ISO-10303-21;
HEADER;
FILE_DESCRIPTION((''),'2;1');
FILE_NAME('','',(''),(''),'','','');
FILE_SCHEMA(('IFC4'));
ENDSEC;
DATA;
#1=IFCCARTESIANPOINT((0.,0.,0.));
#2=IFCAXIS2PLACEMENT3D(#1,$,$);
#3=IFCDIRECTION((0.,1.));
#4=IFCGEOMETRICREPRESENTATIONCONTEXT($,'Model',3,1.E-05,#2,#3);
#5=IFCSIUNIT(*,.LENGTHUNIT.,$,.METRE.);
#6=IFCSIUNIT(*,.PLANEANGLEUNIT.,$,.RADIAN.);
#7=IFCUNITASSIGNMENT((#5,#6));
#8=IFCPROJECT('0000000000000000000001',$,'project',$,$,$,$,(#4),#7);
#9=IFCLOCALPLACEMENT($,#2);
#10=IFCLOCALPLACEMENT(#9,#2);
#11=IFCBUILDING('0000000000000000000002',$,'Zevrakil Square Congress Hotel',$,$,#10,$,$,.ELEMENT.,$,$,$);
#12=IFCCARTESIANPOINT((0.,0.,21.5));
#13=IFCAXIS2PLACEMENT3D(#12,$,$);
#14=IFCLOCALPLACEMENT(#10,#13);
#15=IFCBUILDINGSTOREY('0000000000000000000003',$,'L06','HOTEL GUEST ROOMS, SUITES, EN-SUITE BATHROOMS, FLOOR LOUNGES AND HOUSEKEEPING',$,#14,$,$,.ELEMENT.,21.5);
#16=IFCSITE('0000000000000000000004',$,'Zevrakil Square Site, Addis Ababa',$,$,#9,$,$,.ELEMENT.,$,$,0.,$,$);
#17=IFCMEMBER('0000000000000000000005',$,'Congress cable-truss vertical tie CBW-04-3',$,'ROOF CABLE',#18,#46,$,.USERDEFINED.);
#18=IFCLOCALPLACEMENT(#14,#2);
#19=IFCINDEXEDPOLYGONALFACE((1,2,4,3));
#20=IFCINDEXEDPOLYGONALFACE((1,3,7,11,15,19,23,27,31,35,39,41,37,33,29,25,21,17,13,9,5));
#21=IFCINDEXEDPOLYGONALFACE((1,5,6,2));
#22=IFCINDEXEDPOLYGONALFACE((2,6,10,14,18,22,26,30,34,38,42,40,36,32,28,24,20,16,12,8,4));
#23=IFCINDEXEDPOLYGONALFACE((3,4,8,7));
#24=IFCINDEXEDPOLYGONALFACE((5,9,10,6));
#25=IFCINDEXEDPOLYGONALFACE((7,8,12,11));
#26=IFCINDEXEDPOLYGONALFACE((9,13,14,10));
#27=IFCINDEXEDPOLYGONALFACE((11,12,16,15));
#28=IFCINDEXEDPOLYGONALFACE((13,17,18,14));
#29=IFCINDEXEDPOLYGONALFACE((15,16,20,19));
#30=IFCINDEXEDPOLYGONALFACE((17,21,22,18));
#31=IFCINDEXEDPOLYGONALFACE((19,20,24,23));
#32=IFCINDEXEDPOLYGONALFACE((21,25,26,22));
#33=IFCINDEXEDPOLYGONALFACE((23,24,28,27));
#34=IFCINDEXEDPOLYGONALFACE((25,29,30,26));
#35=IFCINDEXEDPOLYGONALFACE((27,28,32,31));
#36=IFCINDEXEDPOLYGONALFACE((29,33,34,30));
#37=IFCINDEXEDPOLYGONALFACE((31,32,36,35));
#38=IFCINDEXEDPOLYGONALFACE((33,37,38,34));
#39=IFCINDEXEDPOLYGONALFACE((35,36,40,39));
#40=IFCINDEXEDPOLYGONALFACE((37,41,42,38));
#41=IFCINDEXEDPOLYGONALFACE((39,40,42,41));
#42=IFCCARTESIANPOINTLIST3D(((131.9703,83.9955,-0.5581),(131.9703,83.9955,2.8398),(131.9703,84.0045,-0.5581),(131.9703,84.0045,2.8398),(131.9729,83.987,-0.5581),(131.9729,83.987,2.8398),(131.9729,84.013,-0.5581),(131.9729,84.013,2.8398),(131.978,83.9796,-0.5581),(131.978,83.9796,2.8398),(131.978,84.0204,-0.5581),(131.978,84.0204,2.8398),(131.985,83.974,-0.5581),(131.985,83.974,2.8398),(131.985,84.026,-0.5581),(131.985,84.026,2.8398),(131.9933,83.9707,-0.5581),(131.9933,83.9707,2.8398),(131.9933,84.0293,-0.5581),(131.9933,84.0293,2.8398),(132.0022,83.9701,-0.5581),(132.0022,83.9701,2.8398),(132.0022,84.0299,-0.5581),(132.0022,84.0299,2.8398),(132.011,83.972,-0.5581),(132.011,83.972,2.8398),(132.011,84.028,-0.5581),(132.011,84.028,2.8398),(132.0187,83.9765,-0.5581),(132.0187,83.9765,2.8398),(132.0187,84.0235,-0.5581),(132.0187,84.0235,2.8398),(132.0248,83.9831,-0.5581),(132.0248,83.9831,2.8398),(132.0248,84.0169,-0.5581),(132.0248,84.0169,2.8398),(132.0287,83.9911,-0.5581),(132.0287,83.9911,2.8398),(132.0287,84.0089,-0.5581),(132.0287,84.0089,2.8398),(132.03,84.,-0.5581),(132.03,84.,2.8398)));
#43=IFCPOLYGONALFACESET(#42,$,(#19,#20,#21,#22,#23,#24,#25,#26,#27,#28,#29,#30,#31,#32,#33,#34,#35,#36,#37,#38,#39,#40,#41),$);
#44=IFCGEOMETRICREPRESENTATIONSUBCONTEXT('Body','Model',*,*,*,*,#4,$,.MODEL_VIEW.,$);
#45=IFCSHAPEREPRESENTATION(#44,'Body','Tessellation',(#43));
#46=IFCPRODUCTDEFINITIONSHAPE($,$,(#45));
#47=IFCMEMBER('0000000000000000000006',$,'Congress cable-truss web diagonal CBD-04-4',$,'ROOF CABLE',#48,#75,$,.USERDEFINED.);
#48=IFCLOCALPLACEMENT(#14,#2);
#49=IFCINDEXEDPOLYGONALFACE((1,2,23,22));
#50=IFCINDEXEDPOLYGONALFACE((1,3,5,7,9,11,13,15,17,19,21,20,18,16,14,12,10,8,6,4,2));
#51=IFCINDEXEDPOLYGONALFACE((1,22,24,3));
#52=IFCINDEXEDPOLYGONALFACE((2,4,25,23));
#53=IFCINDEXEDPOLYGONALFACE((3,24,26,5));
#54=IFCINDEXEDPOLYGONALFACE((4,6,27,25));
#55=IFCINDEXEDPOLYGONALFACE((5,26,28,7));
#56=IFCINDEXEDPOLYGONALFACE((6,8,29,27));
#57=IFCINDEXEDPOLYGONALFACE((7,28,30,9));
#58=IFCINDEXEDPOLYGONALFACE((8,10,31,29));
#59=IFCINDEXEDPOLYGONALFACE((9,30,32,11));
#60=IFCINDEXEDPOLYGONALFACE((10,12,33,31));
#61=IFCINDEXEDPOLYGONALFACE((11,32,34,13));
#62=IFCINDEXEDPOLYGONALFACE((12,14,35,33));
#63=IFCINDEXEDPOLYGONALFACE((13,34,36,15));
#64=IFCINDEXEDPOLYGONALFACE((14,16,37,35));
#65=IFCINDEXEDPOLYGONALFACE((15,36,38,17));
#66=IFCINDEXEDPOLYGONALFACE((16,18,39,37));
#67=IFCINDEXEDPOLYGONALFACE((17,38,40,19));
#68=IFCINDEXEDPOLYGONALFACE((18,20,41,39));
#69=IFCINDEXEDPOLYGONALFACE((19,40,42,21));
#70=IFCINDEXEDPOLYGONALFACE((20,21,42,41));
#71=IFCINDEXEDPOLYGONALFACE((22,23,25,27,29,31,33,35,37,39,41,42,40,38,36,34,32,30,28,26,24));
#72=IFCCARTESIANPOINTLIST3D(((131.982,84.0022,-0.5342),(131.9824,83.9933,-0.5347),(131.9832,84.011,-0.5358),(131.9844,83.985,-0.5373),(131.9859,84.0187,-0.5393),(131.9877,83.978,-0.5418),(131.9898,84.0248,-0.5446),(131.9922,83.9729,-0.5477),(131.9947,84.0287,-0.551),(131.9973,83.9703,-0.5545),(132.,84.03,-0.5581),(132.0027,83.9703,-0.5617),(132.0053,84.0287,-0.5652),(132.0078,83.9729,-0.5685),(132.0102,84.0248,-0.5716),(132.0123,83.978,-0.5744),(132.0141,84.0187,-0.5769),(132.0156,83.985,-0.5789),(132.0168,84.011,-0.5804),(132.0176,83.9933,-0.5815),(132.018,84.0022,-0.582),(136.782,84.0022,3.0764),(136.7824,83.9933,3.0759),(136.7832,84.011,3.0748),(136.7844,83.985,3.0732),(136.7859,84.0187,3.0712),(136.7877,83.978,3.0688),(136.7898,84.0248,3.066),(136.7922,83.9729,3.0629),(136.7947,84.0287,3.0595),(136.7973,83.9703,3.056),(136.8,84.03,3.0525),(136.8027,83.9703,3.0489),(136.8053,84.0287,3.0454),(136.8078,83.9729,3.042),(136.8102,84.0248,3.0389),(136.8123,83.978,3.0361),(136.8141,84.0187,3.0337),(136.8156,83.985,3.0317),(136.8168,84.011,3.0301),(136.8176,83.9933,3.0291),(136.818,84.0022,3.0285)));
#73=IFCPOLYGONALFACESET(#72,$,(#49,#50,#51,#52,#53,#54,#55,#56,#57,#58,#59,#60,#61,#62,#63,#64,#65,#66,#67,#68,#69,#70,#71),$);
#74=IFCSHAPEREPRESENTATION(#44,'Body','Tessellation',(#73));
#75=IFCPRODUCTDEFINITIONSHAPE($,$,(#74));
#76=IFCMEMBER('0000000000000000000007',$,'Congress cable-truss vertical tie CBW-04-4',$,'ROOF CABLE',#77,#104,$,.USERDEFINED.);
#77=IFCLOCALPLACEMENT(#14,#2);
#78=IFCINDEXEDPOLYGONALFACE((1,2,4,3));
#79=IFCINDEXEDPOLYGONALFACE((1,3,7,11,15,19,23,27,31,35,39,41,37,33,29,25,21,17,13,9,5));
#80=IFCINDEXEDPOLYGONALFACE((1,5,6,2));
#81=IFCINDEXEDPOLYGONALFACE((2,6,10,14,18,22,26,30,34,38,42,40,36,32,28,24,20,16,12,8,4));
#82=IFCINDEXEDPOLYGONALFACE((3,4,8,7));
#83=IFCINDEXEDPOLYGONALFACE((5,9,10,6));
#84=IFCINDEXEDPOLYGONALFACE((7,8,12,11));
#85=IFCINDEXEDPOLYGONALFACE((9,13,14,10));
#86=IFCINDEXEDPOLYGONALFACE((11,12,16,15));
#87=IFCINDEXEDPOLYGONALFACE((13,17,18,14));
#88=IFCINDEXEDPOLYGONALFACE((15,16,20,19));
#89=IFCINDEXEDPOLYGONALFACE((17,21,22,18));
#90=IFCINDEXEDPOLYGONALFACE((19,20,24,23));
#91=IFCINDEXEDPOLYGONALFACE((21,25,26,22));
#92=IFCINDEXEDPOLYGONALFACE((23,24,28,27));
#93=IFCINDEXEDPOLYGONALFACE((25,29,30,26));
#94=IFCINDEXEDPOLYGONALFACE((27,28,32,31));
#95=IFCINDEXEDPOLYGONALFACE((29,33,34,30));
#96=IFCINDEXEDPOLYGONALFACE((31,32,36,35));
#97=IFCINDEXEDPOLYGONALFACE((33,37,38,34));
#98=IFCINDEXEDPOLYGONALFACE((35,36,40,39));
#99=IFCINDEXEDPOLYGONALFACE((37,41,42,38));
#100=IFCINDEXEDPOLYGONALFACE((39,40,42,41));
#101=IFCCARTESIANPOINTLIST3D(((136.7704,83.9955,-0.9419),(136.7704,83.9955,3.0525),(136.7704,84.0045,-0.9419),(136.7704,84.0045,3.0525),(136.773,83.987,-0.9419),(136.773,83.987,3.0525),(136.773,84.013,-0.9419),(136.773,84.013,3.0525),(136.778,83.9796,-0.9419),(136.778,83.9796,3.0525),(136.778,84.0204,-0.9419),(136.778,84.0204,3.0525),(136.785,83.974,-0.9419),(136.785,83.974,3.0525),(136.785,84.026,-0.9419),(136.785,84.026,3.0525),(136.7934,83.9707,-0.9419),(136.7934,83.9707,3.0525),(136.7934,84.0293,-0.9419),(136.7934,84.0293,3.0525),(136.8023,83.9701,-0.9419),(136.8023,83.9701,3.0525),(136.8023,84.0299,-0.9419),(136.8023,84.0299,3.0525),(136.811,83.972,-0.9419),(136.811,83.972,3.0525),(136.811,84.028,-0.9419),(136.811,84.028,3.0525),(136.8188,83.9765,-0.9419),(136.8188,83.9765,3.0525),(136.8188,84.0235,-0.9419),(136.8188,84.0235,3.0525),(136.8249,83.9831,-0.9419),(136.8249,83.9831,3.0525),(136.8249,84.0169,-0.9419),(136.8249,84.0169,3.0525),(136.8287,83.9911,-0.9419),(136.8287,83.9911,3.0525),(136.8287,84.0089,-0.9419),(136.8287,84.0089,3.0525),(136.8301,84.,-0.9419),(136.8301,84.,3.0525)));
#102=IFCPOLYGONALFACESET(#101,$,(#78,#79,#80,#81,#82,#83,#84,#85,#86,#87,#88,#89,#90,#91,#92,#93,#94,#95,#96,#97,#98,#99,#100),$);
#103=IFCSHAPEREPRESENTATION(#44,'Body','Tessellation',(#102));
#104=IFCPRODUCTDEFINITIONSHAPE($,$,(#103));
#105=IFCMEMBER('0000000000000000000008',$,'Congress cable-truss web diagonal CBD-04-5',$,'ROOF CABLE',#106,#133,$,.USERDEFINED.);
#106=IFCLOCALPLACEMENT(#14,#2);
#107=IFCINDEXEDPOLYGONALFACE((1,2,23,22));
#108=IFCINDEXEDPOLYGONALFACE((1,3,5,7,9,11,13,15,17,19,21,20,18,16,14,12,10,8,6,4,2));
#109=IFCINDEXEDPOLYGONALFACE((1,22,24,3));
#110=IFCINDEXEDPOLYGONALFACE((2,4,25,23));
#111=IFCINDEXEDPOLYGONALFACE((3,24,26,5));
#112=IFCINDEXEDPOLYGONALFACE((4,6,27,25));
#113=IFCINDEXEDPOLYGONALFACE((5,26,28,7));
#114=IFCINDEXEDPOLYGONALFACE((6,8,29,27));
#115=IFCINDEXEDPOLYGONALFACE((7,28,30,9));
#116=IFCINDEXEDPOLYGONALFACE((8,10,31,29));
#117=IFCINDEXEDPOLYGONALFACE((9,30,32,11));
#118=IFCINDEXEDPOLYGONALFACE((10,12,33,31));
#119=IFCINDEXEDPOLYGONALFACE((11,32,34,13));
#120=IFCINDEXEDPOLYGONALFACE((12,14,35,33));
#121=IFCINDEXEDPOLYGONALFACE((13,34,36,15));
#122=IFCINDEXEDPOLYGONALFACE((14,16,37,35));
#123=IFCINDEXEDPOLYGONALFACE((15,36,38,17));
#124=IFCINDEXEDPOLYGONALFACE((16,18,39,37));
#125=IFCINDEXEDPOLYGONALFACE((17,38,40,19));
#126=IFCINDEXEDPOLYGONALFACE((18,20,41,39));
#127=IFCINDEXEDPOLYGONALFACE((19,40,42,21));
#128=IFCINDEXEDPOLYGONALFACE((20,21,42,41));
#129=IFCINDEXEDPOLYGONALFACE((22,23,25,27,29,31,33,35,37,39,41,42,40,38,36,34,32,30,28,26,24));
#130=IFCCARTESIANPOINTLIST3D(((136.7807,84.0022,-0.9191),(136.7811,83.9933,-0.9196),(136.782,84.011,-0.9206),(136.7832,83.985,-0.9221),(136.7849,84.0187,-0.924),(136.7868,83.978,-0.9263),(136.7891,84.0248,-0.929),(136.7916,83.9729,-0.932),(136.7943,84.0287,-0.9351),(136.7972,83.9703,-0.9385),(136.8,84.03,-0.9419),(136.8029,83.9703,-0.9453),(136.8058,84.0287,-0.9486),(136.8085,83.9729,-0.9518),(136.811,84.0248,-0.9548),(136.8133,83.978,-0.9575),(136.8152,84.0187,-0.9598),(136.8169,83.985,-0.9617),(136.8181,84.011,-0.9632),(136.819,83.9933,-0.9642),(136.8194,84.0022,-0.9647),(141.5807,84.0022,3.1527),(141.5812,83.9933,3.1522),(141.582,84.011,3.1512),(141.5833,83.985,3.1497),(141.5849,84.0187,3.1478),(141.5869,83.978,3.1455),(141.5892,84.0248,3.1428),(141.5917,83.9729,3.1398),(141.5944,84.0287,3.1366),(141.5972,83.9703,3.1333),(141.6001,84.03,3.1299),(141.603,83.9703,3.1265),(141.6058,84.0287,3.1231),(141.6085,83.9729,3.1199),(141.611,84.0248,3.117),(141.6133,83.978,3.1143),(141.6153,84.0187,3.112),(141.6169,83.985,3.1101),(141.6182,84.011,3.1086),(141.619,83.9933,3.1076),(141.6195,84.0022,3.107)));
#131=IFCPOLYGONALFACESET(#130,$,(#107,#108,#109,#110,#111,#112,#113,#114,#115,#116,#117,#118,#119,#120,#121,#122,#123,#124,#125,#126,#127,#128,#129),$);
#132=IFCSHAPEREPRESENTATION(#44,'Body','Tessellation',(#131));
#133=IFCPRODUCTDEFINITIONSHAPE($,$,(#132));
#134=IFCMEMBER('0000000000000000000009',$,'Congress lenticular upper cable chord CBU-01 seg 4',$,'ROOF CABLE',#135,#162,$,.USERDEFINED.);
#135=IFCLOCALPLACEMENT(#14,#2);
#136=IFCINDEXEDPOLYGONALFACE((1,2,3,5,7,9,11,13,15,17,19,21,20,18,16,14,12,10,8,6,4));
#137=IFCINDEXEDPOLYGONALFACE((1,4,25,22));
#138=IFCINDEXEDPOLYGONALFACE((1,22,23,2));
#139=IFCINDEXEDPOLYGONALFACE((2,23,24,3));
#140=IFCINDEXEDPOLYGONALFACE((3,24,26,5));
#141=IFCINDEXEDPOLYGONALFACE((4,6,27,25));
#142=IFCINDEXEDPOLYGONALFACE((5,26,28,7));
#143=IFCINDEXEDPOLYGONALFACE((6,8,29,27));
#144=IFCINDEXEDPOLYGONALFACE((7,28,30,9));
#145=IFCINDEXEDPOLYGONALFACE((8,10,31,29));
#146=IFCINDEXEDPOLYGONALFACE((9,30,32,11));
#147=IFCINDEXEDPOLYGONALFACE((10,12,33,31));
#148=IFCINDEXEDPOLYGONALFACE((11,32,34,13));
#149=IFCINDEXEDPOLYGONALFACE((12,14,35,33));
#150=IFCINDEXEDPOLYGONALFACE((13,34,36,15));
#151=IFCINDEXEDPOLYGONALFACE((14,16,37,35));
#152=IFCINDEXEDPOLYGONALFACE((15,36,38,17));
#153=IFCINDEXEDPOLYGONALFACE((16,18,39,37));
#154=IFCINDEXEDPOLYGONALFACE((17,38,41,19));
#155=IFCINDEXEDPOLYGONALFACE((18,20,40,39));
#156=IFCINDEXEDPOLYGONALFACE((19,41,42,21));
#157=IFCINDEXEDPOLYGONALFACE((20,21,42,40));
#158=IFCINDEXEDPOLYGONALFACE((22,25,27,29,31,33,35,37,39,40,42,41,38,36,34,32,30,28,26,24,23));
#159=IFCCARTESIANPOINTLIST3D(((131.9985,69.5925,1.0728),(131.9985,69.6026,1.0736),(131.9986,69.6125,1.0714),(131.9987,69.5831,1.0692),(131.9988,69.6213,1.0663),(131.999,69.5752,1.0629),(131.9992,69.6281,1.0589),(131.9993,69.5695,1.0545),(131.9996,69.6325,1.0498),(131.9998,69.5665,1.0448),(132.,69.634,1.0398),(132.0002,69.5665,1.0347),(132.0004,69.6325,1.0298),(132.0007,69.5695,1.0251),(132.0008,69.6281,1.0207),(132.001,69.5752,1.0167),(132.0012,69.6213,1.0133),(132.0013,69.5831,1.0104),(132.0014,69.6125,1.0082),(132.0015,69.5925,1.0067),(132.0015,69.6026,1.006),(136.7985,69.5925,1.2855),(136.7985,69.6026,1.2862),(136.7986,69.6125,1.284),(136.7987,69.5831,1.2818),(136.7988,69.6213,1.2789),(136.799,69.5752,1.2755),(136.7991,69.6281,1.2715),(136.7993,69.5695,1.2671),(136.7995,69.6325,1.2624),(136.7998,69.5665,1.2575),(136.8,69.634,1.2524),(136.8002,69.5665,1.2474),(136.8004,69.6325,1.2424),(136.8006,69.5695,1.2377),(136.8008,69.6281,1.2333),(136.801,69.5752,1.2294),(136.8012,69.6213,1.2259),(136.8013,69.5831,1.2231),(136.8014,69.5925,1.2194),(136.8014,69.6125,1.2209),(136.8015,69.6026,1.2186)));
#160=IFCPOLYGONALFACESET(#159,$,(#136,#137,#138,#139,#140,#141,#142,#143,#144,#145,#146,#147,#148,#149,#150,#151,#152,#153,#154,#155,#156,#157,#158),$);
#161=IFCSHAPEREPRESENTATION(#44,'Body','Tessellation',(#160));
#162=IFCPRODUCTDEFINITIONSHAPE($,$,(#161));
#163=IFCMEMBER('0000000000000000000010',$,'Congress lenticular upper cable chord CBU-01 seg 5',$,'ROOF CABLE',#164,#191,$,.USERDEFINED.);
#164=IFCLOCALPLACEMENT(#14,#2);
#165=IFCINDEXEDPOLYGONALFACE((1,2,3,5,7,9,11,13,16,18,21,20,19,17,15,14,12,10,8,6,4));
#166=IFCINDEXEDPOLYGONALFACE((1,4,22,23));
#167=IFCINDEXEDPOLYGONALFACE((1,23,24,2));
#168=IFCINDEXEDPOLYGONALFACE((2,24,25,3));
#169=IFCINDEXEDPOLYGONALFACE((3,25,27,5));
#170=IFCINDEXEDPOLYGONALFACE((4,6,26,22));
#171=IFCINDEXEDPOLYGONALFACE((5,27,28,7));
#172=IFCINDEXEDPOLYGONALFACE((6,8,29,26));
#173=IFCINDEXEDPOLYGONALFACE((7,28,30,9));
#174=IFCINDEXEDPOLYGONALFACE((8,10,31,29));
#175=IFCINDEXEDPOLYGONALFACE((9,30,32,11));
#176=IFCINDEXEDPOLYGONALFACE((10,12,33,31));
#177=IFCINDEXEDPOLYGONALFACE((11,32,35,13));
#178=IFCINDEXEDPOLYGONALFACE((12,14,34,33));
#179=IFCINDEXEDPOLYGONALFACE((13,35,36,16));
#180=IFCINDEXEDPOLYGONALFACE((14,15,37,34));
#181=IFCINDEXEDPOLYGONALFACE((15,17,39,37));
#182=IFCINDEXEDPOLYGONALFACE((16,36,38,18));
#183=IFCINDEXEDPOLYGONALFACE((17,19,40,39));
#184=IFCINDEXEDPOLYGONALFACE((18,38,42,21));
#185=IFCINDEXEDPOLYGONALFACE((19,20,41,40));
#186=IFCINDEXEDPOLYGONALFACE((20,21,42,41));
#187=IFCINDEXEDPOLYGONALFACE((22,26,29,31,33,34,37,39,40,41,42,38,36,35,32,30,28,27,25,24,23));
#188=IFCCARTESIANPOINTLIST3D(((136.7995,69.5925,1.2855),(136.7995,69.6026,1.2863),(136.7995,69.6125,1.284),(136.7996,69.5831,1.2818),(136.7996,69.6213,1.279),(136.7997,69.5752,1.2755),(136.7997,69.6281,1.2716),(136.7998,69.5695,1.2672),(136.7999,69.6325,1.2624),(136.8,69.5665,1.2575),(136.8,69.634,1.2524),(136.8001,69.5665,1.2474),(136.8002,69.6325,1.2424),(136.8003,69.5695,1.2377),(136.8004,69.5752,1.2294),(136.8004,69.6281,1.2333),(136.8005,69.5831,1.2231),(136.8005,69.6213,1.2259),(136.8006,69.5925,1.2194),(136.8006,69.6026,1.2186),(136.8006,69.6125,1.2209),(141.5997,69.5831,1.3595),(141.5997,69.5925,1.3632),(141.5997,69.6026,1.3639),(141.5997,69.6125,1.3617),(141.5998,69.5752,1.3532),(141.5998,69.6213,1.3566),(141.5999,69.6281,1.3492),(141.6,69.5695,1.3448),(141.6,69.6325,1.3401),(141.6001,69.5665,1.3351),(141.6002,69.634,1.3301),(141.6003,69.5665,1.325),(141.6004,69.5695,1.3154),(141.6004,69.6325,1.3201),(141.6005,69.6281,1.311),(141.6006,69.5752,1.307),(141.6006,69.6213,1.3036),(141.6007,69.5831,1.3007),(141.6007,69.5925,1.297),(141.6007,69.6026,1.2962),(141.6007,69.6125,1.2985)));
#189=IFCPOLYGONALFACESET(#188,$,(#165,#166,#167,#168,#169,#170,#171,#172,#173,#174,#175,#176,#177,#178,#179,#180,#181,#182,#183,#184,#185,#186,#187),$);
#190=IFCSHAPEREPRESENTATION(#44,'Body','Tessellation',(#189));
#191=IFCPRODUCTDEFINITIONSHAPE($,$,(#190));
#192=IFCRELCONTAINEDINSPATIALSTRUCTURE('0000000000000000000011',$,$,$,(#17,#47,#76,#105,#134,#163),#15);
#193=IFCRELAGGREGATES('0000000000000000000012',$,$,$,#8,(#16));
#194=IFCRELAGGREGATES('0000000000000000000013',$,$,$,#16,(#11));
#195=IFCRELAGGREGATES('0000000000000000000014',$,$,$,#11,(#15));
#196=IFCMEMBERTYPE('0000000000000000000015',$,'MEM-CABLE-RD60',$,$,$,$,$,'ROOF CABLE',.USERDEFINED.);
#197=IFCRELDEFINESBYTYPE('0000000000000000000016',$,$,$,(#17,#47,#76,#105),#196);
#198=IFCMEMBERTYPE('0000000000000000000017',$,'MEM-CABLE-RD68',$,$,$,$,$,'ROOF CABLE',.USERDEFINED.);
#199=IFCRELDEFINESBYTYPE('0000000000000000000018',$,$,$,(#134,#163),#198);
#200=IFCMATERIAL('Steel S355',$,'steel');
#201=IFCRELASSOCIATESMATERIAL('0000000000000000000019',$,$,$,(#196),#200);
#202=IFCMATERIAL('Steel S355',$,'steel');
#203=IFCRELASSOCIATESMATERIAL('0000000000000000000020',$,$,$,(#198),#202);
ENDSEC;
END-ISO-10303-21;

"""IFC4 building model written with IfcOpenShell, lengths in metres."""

from ifc_helpers import new_model, si_unit, direction, frame, origin, origin_2d, place, context, subcontext, project, spatial, circle, extrude, material, material_profile, profile_set, type_object, element, save


model = new_model("IFC4")

# Units and contexts
model_context = context("Model", 3, precision=1e-05, world=origin(), true_north=direction((0.0, 1.0)))
body_context = subcontext(model_context, "Body", "Model", "MODEL_VIEW")
ifc_project = project(units=[si_unit("LENGTHUNIT", "METRE"), si_unit("PLANEANGLEUNIT", "RADIAN")], contexts=[model_context])

# Site, building, storey
site_placement = place(None, origin())
site = spatial("IfcSite", under=ifc_project, at=site_placement, Name="Zevrakil Square Site, Addis Ababa", CompositionType="ELEMENT", RefElevation=0.0)
building_placement = place(site_placement, origin())
building = spatial("IfcBuilding", under=site, at=building_placement, Name="Zevrakil Square Congress Hotel", CompositionType="ELEMENT")
storey_placement = place(building_placement, frame((0.0, 0.0, 21.5)))
storey = spatial("IfcBuildingStorey", under=building, at=storey_placement, Name="L06", Description="HOTEL GUEST ROOMS, SUITES, EN-SUITE BATHROOMS, FLOOR LOUNGES AND HOUSEKEEPING", CompositionType="ELEMENT", Elevation=21.5)

# Members
ifc_material_1 = material(Name="Steel S355", Category="steel")
ifc_material_profile_1 = material_profile(ifc_material_1, circle(Radius=0.03, at=origin_2d()), Name="CABLE RD60")
ifc_profile_set_1 = profile_set([ifc_material_profile_1], Name="Steel S355")
member_type_1 = type_object("IfcMemberType", Name="MEM-CABLE-RD60", ElementType="ROOF CABLE", PredefinedType="USERDEFINED", material=ifc_profile_set_1)
member_1_placement = place(storey_placement, frame((132.0, 84.0, -0.5581), z_axis=(0.0, 0.0, 1.0), x_axis=(1.0, 0.0, 0.0)))
element("IfcMember", 1, at=member_1_placement, inside=storey, type_object=member_type_1, Name="Congress cable-truss vertical tie CBW-04-3", ObjectType="ROOF CABLE", PredefinedType="USERDEFINED", context=body_context, shape_type="SweptSolid", body=[
    extrude(circle(Radius=0.03, at=origin_2d()), origin(), (0.0, 0.0, 1.0), 3.3979),
])
member_2_placement = place(storey_placement, frame((132.0, 84.0, -0.5581), z_axis=(0.799155, 0.0, 0.601125), x_axis=(0.0, 1.0, 0.0)))
element("IfcMember", 2, at=member_2_placement, inside=storey, type_object=member_type_1, Name="Congress cable-truss web diagonal CBD-04-4", ObjectType="ROOF CABLE", PredefinedType="USERDEFINED", context=body_context, shape_type="SweptSolid", body=[
    extrude(circle(Radius=0.03, at=origin_2d()), origin(), (0.0, 0.0, 1.0), 6.0063),
])
member_3_placement = place(storey_placement, frame((136.8, 84.0, -0.9419), z_axis=(0.0, 0.0, 1.0), x_axis=(1.0, 0.0, 0.0)))
element("IfcMember", 3, at=member_3_placement, inside=storey, type_object=member_type_1, Name="Congress cable-truss vertical tie CBW-04-4", ObjectType="ROOF CABLE", PredefinedType="USERDEFINED", context=body_context, shape_type="SweptSolid", body=[
    extrude(circle(Radius=0.03, at=origin_2d()), origin(), (0.0, 0.0, 1.0), 3.9944),
])
member_4_placement = place(storey_placement, frame((136.8, 84.0, -0.9419), z_axis=(0.762587, 0.0, 0.646886), x_axis=(0.0, 1.0, 0.0)))
element("IfcMember", 4, at=member_4_placement, inside=storey, type_object=member_type_1, Name="Congress cable-truss web diagonal CBD-04-5", ObjectType="ROOF CABLE", PredefinedType="USERDEFINED", context=body_context, shape_type="SweptSolid", body=[
    extrude(circle(Radius=0.03, at=origin_2d()), origin(), (0.0, 0.0, 1.0), 6.2944),
])
ifc_material_2 = material(Name="Steel S355", Category="steel")
ifc_material_profile_2 = material_profile(ifc_material_2, circle(Radius=0.0339, at=origin_2d()), Name="CABLE RD68")
ifc_profile_set_2 = profile_set([ifc_material_profile_2], Name="Steel S355")
member_type_2 = type_object("IfcMemberType", Name="MEM-CABLE-RD68", ElementType="ROOF CABLE", PredefinedType="USERDEFINED", material=ifc_profile_set_2)
member_5_placement = place(storey_placement, frame((132.0, 69.6001, 1.0398), z_axis=(0.99902, 0.0, 0.044257), x_axis=(0.0, 1.0, 0.0)))
element("IfcMember", 5, at=member_5_placement, inside=storey, type_object=member_type_2, Name="Congress lenticular upper cable chord CBU-01 seg 4", ObjectType="ROOF CABLE", PredefinedType="USERDEFINED", context=body_context, shape_type="SweptSolid", body=[
    extrude(circle(Radius=0.0339, at=origin_2d()), origin(), (0.0, 0.0, 1.0), 4.8047),
])
member_6_placement = place(storey_placement, frame((136.8, 69.6001, 1.2524), z_axis=(0.999869, 0.0, 0.016172), x_axis=(0.0, 1.0, 0.0)))
element("IfcMember", 6, at=member_6_placement, inside=storey, type_object=member_type_2, Name="Congress lenticular upper cable chord CBU-01 seg 5", ObjectType="ROOF CABLE", PredefinedType="USERDEFINED", context=body_context, shape_type="SweptSolid", body=[
    extrude(circle(Radius=0.0339, at=origin_2d()), origin(), (0.0, 0.0, 1.0), 4.8008),
])

save(model, "model.ifc")
